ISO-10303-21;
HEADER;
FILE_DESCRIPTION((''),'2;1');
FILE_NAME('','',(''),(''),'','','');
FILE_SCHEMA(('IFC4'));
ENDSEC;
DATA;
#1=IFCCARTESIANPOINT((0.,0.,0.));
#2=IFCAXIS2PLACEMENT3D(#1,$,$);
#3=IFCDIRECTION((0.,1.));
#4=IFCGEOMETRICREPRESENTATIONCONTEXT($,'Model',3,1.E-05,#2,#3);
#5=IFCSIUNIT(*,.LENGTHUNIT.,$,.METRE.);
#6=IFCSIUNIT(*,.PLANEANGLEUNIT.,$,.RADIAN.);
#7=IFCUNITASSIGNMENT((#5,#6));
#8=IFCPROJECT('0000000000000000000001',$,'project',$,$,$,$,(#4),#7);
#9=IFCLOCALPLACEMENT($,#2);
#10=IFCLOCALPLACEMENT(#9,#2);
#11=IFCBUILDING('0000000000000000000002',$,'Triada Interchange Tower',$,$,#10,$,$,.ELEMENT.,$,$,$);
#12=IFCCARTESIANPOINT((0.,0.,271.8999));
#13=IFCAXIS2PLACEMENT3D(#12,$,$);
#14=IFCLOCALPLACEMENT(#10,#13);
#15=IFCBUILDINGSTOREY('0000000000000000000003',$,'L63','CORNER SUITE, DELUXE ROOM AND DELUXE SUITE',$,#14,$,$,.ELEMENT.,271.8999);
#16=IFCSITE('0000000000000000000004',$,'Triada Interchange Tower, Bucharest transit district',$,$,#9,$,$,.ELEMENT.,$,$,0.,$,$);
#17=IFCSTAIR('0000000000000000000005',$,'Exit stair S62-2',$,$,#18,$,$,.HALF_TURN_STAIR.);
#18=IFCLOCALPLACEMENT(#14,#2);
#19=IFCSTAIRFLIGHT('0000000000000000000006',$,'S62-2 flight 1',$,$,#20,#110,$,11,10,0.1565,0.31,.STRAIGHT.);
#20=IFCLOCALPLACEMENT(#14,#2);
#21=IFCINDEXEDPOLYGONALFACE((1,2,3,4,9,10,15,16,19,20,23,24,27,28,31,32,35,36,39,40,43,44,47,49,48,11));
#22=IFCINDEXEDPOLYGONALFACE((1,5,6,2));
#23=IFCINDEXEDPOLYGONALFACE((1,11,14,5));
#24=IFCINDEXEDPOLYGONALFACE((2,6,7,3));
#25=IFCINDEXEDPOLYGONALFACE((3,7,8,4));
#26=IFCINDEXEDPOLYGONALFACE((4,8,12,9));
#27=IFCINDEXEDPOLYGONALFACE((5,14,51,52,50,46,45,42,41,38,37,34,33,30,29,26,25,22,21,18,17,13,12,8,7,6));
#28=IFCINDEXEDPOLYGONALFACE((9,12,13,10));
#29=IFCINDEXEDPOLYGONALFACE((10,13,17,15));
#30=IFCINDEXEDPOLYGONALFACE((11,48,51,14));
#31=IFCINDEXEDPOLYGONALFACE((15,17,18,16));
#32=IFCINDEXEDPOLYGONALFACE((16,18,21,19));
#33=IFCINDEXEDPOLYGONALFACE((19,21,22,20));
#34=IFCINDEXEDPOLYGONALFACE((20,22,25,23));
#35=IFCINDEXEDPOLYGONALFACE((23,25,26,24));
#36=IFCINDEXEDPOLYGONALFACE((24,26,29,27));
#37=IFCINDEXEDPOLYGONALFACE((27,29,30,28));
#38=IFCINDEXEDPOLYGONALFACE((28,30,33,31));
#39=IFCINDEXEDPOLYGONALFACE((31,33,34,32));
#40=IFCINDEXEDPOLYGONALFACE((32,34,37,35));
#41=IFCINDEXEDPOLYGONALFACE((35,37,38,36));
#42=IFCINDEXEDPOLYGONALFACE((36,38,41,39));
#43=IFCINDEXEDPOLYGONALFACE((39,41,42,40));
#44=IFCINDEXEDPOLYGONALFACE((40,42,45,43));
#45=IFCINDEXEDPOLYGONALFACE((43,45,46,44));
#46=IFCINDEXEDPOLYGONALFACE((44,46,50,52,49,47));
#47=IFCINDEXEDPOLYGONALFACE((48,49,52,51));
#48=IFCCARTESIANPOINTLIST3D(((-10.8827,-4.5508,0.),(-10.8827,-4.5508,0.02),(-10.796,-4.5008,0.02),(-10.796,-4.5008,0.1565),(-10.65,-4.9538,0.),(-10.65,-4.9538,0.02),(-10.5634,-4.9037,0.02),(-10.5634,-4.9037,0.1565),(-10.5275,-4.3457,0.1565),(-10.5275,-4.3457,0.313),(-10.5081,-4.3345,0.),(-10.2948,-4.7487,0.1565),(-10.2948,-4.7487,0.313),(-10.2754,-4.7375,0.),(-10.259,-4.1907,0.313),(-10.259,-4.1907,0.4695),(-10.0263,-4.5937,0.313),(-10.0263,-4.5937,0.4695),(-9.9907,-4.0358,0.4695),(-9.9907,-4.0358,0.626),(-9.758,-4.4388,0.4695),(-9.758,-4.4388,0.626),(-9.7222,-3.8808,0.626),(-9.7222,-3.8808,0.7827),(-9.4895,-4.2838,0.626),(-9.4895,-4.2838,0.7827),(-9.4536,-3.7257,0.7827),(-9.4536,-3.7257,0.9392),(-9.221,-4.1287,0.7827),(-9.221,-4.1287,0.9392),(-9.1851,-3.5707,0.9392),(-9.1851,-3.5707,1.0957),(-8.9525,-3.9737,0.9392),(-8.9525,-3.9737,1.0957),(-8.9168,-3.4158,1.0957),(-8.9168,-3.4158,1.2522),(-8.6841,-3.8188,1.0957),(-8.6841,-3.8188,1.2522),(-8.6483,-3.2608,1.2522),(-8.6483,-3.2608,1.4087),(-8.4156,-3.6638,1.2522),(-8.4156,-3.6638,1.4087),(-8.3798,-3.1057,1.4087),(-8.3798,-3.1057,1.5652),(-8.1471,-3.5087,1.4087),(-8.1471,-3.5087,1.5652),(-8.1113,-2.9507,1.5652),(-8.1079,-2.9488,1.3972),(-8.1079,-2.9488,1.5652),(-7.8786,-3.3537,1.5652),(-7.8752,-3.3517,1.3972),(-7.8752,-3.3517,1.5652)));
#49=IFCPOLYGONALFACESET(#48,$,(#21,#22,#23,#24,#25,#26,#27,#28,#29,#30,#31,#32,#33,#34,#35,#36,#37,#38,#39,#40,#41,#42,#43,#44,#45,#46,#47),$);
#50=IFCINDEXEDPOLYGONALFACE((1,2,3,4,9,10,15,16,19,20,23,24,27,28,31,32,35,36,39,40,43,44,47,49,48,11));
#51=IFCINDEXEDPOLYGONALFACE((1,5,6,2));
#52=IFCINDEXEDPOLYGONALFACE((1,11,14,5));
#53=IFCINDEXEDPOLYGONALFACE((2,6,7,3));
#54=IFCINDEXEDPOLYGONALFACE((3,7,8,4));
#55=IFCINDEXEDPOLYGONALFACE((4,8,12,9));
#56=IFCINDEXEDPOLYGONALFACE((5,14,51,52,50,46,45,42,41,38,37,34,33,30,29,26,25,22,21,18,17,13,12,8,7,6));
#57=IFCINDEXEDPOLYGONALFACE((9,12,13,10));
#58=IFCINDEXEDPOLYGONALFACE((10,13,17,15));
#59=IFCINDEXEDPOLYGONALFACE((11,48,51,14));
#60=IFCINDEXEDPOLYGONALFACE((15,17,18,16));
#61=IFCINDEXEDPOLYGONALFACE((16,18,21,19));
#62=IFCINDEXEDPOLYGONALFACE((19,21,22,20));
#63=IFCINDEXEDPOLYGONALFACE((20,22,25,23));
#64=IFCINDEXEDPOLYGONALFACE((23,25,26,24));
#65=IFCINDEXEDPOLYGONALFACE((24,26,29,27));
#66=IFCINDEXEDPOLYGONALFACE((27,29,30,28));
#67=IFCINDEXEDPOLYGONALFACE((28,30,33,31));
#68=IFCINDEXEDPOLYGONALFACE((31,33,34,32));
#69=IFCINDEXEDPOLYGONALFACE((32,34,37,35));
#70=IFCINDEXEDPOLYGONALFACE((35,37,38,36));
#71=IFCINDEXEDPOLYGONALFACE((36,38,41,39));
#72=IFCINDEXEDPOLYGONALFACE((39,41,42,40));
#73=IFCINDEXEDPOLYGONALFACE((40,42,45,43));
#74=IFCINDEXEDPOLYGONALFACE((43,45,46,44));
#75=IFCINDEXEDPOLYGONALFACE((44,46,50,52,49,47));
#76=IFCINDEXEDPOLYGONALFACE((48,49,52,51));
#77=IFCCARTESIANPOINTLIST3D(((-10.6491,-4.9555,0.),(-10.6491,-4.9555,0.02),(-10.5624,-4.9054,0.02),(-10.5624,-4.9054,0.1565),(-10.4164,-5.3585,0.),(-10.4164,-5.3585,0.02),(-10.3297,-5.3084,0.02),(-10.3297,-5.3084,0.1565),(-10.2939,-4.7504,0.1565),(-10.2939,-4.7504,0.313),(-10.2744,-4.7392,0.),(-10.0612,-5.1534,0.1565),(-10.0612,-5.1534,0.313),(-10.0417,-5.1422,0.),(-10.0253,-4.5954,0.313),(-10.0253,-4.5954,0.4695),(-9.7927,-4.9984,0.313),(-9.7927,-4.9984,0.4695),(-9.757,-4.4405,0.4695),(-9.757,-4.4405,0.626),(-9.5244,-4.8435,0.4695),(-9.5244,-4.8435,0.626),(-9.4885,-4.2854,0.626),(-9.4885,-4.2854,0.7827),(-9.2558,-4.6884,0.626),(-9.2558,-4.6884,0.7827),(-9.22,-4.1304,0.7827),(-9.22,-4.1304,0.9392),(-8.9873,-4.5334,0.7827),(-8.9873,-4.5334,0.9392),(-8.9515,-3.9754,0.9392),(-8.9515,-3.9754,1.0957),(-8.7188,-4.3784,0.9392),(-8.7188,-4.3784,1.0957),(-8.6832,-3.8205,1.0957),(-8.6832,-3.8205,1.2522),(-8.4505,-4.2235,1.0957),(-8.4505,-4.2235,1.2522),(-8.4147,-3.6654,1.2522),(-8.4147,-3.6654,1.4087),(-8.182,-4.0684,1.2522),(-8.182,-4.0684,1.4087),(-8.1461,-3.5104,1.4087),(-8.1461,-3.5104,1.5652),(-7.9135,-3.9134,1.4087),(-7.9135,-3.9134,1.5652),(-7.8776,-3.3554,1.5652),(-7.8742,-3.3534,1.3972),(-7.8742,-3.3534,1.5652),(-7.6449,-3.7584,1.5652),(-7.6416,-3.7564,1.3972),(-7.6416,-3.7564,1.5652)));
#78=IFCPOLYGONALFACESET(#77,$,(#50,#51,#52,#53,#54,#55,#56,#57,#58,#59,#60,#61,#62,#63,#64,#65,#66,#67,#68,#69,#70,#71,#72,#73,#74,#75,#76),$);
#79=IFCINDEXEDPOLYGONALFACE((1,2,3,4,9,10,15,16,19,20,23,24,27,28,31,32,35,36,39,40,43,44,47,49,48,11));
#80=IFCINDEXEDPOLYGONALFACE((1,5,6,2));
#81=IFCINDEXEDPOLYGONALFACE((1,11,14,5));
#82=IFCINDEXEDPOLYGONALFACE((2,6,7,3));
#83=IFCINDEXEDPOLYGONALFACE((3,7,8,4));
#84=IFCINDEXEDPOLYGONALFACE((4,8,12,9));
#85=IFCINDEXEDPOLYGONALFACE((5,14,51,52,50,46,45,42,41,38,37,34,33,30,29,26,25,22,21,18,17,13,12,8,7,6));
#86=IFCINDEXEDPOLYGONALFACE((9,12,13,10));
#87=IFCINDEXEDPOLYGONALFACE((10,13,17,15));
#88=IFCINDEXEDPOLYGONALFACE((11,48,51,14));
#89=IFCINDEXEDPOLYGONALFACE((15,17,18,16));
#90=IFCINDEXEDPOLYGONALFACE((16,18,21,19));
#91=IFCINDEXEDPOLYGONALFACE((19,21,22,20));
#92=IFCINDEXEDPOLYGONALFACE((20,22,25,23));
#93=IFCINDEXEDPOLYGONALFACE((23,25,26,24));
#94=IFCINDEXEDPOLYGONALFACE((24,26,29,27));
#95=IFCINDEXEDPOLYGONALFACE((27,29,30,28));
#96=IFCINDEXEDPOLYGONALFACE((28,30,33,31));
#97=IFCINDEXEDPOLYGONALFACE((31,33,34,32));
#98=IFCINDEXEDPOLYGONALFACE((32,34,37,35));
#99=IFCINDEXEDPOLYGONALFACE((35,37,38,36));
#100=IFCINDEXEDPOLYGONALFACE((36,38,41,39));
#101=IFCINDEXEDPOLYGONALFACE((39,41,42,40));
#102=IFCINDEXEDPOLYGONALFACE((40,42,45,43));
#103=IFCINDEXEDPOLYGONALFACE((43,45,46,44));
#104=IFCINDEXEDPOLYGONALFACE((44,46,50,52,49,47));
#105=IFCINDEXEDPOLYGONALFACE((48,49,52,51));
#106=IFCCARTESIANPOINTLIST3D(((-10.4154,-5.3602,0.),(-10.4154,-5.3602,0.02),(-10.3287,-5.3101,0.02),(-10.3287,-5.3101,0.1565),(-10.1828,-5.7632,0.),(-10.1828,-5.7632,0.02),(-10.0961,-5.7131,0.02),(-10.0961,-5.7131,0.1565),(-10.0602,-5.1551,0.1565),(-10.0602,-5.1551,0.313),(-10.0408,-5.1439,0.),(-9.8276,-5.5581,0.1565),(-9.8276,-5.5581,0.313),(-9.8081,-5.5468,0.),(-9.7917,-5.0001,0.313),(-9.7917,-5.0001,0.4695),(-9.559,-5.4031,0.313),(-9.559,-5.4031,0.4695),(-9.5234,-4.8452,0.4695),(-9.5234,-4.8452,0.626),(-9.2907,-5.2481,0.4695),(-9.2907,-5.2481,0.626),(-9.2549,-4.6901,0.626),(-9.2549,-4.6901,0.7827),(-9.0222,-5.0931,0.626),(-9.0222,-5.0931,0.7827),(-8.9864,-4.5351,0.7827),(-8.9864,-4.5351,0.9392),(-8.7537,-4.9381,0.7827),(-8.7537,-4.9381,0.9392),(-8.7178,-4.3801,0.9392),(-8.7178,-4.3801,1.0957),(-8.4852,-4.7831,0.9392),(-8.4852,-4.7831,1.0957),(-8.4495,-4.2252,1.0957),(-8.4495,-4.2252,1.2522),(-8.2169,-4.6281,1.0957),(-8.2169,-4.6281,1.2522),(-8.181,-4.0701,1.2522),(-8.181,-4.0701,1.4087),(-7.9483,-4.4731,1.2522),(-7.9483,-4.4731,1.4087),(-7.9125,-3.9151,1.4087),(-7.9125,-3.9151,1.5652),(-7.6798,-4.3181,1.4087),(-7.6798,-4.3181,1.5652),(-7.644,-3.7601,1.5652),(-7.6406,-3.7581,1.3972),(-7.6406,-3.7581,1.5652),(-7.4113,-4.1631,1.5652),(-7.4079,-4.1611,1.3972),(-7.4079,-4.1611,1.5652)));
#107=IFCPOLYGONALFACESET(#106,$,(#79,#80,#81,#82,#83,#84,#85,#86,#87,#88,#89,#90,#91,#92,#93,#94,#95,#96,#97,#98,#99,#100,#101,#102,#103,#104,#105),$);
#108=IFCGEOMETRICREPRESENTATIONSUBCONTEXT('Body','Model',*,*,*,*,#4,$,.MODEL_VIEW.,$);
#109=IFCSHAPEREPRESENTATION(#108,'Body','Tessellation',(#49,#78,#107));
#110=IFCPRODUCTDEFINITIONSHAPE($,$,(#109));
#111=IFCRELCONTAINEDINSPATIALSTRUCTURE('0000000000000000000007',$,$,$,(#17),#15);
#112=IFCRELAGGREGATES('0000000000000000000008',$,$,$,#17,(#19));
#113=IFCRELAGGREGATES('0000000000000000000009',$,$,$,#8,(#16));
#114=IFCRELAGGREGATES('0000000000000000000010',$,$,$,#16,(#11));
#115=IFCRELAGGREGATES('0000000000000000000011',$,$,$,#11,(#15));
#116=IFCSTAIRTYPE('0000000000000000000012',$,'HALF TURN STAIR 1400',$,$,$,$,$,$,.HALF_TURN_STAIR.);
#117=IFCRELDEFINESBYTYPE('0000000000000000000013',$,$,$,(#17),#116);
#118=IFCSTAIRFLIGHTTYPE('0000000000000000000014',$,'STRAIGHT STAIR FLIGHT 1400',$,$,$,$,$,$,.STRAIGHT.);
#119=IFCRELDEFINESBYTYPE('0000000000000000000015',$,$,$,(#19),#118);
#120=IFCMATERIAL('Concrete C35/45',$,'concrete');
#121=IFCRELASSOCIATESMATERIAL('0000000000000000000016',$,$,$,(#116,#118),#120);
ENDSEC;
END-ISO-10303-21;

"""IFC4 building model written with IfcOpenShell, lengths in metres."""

from ifc_helpers import new_model, si_unit, direction, frame, origin, place, context, subcontext, project, spatial, polyline, outline, extrude, material, type_object, element, aggregate, save


model = new_model("IFC4")

# Units and contexts
model_context = context("Model", 3, precision=1e-05, world=origin(), true_north=direction((0.0, 1.0)))
body_context = subcontext(model_context, "Body", "Model", "MODEL_VIEW")
ifc_project = project(units=[si_unit("LENGTHUNIT", "METRE"), si_unit("PLANEANGLEUNIT", "RADIAN")], contexts=[model_context])

# Site, building, storey
site_placement = place(None, origin())
site = spatial("IfcSite", under=ifc_project, at=site_placement, Name="Triada Interchange Tower, Bucharest transit district", CompositionType="ELEMENT", RefElevation=0.0)
building_placement = place(site_placement, origin())
building = spatial("IfcBuilding", under=site, at=building_placement, Name="Triada Interchange Tower", CompositionType="ELEMENT")
storey_placement = place(building_placement, frame((0.0, 0.0, 271.8999)))
storey = spatial("IfcBuildingStorey", under=building, at=storey_placement, Name="L63", Description="CORNER SUITE, DELUXE ROOM AND DELUXE SUITE", CompositionType="ELEMENT", Elevation=271.8999)

# Stair, stair flight
ifc_material_1 = material(Name="Concrete C35/45", Category="concrete")
stair_type = type_object("IfcStairType", Name="HALF TURN STAIR 1400", PredefinedType="HALF_TURN_STAIR", material=ifc_material_1)
stair_placement = place(storey_placement, origin())
stair = element("IfcStair", 1, at=stair_placement, inside=storey, type_object=stair_type, Name="Exit stair S62-2", PredefinedType="HALF_TURN_STAIR")
stair_flight_type = type_object("IfcStairFlightType", Name="STRAIGHT STAIR FLIGHT 1400", PredefinedType="STRAIGHT", material=ifc_material_1)
stair_flight_1_placement = place(storey_placement, frame((-10.446, -5.1069, 0.0), z_axis=(0.0, 0.0, 1.0), x_axis=(0.866025, 0.5, 0.0)))
stair_flight_1 = element("IfcStairFlight", 2, at=stair_flight_1_placement, type_object=stair_flight_type, Name="S62-2 flight 1", NumberOfRisers=11, NumberOfTreads=10, PredefinedType="STRAIGHT", RiserHeight=0.1565, TreadLength=0.31, context=body_context, shape_type="SweptSolid", body=[
    extrude(outline(polyline([(-0.1001, 0.0), (-0.1001, 0.02), (0.0, 0.02), (0.0, 0.1565), (0.3101, 0.1565), (0.3101, 0.313), (0.6201, 0.313), (0.6201, 0.4695), (0.9299, 0.4695), (0.9299, 0.626), (1.24, 0.626), (1.24, 0.7827), (1.55, 0.7827), (1.55, 0.9392), (1.8601, 0.9392), (1.8601, 1.0957), (2.1699, 1.0957), (2.1699, 1.2522), (2.48, 1.2522), (2.48, 1.4087), (2.79, 1.4087), (2.79, 1.5652), (3.1001, 1.5652), (3.104, 1.5652), (3.104, 1.7217), (3.104, 1.3972), (0.3325, 0.0), (-0.1001, 0.0)])), frame((0.0, 0.7, 0.0), z_axis=(0.0, -1.0, 0.0), x_axis=(1.0, 0.0, 0.0)), (0.0, 0.0, 1.0), 0.4653),
    extrude(outline(polyline([(-0.1001, 0.0), (-0.1001, 0.02), (0.0, 0.02), (0.0, 0.1565), (0.3101, 0.1565), (0.3101, 0.313), (0.6201, 0.313), (0.6201, 0.4695), (0.9299, 0.4695), (0.9299, 0.626), (1.24, 0.626), (1.24, 0.7827), (1.55, 0.7827), (1.55, 0.9392), (1.8601, 0.9392), (1.8601, 1.0957), (2.1699, 1.0957), (2.1699, 1.2522), (2.48, 1.2522), (2.48, 1.4087), (2.79, 1.4087), (2.79, 1.5652), (3.1001, 1.5652), (3.104, 1.5652), (3.104, 1.7217), (3.104, 1.3972), (0.3325, 0.0), (-0.1001, 0.0)])), frame((0.0, 0.2327, 0.0), z_axis=(0.0, -1.0, 0.0), x_axis=(1.0, 0.0, 0.0)), (0.0, 0.0, 1.0), 0.4653),
    extrude(outline(polyline([(-0.1001, 0.0), (-0.1001, 0.02), (0.0, 0.02), (0.0, 0.1565), (0.3101, 0.1565), (0.3101, 0.313), (0.6201, 0.313), (0.6201, 0.4695), (0.9299, 0.4695), (0.9299, 0.626), (1.24, 0.626), (1.24, 0.7827), (1.55, 0.7827), (1.55, 0.9392), (1.8601, 0.9392), (1.8601, 1.0957), (2.1699, 1.0957), (2.1699, 1.2522), (2.48, 1.2522), (2.48, 1.4087), (2.79, 1.4087), (2.79, 1.5652), (3.1001, 1.5652), (3.104, 1.5652), (3.104, 1.7217), (3.104, 1.3972), (0.3325, 0.0), (-0.1001, 0.0)])), frame((0.0, -0.2346, 0.0), z_axis=(0.0, -1.0, 0.0), x_axis=(1.0, 0.0, 0.0)), (0.0, 0.0, 1.0), 0.4653),
])
aggregate(stair, [stair_flight_1])

save(model, "model.ifc")
